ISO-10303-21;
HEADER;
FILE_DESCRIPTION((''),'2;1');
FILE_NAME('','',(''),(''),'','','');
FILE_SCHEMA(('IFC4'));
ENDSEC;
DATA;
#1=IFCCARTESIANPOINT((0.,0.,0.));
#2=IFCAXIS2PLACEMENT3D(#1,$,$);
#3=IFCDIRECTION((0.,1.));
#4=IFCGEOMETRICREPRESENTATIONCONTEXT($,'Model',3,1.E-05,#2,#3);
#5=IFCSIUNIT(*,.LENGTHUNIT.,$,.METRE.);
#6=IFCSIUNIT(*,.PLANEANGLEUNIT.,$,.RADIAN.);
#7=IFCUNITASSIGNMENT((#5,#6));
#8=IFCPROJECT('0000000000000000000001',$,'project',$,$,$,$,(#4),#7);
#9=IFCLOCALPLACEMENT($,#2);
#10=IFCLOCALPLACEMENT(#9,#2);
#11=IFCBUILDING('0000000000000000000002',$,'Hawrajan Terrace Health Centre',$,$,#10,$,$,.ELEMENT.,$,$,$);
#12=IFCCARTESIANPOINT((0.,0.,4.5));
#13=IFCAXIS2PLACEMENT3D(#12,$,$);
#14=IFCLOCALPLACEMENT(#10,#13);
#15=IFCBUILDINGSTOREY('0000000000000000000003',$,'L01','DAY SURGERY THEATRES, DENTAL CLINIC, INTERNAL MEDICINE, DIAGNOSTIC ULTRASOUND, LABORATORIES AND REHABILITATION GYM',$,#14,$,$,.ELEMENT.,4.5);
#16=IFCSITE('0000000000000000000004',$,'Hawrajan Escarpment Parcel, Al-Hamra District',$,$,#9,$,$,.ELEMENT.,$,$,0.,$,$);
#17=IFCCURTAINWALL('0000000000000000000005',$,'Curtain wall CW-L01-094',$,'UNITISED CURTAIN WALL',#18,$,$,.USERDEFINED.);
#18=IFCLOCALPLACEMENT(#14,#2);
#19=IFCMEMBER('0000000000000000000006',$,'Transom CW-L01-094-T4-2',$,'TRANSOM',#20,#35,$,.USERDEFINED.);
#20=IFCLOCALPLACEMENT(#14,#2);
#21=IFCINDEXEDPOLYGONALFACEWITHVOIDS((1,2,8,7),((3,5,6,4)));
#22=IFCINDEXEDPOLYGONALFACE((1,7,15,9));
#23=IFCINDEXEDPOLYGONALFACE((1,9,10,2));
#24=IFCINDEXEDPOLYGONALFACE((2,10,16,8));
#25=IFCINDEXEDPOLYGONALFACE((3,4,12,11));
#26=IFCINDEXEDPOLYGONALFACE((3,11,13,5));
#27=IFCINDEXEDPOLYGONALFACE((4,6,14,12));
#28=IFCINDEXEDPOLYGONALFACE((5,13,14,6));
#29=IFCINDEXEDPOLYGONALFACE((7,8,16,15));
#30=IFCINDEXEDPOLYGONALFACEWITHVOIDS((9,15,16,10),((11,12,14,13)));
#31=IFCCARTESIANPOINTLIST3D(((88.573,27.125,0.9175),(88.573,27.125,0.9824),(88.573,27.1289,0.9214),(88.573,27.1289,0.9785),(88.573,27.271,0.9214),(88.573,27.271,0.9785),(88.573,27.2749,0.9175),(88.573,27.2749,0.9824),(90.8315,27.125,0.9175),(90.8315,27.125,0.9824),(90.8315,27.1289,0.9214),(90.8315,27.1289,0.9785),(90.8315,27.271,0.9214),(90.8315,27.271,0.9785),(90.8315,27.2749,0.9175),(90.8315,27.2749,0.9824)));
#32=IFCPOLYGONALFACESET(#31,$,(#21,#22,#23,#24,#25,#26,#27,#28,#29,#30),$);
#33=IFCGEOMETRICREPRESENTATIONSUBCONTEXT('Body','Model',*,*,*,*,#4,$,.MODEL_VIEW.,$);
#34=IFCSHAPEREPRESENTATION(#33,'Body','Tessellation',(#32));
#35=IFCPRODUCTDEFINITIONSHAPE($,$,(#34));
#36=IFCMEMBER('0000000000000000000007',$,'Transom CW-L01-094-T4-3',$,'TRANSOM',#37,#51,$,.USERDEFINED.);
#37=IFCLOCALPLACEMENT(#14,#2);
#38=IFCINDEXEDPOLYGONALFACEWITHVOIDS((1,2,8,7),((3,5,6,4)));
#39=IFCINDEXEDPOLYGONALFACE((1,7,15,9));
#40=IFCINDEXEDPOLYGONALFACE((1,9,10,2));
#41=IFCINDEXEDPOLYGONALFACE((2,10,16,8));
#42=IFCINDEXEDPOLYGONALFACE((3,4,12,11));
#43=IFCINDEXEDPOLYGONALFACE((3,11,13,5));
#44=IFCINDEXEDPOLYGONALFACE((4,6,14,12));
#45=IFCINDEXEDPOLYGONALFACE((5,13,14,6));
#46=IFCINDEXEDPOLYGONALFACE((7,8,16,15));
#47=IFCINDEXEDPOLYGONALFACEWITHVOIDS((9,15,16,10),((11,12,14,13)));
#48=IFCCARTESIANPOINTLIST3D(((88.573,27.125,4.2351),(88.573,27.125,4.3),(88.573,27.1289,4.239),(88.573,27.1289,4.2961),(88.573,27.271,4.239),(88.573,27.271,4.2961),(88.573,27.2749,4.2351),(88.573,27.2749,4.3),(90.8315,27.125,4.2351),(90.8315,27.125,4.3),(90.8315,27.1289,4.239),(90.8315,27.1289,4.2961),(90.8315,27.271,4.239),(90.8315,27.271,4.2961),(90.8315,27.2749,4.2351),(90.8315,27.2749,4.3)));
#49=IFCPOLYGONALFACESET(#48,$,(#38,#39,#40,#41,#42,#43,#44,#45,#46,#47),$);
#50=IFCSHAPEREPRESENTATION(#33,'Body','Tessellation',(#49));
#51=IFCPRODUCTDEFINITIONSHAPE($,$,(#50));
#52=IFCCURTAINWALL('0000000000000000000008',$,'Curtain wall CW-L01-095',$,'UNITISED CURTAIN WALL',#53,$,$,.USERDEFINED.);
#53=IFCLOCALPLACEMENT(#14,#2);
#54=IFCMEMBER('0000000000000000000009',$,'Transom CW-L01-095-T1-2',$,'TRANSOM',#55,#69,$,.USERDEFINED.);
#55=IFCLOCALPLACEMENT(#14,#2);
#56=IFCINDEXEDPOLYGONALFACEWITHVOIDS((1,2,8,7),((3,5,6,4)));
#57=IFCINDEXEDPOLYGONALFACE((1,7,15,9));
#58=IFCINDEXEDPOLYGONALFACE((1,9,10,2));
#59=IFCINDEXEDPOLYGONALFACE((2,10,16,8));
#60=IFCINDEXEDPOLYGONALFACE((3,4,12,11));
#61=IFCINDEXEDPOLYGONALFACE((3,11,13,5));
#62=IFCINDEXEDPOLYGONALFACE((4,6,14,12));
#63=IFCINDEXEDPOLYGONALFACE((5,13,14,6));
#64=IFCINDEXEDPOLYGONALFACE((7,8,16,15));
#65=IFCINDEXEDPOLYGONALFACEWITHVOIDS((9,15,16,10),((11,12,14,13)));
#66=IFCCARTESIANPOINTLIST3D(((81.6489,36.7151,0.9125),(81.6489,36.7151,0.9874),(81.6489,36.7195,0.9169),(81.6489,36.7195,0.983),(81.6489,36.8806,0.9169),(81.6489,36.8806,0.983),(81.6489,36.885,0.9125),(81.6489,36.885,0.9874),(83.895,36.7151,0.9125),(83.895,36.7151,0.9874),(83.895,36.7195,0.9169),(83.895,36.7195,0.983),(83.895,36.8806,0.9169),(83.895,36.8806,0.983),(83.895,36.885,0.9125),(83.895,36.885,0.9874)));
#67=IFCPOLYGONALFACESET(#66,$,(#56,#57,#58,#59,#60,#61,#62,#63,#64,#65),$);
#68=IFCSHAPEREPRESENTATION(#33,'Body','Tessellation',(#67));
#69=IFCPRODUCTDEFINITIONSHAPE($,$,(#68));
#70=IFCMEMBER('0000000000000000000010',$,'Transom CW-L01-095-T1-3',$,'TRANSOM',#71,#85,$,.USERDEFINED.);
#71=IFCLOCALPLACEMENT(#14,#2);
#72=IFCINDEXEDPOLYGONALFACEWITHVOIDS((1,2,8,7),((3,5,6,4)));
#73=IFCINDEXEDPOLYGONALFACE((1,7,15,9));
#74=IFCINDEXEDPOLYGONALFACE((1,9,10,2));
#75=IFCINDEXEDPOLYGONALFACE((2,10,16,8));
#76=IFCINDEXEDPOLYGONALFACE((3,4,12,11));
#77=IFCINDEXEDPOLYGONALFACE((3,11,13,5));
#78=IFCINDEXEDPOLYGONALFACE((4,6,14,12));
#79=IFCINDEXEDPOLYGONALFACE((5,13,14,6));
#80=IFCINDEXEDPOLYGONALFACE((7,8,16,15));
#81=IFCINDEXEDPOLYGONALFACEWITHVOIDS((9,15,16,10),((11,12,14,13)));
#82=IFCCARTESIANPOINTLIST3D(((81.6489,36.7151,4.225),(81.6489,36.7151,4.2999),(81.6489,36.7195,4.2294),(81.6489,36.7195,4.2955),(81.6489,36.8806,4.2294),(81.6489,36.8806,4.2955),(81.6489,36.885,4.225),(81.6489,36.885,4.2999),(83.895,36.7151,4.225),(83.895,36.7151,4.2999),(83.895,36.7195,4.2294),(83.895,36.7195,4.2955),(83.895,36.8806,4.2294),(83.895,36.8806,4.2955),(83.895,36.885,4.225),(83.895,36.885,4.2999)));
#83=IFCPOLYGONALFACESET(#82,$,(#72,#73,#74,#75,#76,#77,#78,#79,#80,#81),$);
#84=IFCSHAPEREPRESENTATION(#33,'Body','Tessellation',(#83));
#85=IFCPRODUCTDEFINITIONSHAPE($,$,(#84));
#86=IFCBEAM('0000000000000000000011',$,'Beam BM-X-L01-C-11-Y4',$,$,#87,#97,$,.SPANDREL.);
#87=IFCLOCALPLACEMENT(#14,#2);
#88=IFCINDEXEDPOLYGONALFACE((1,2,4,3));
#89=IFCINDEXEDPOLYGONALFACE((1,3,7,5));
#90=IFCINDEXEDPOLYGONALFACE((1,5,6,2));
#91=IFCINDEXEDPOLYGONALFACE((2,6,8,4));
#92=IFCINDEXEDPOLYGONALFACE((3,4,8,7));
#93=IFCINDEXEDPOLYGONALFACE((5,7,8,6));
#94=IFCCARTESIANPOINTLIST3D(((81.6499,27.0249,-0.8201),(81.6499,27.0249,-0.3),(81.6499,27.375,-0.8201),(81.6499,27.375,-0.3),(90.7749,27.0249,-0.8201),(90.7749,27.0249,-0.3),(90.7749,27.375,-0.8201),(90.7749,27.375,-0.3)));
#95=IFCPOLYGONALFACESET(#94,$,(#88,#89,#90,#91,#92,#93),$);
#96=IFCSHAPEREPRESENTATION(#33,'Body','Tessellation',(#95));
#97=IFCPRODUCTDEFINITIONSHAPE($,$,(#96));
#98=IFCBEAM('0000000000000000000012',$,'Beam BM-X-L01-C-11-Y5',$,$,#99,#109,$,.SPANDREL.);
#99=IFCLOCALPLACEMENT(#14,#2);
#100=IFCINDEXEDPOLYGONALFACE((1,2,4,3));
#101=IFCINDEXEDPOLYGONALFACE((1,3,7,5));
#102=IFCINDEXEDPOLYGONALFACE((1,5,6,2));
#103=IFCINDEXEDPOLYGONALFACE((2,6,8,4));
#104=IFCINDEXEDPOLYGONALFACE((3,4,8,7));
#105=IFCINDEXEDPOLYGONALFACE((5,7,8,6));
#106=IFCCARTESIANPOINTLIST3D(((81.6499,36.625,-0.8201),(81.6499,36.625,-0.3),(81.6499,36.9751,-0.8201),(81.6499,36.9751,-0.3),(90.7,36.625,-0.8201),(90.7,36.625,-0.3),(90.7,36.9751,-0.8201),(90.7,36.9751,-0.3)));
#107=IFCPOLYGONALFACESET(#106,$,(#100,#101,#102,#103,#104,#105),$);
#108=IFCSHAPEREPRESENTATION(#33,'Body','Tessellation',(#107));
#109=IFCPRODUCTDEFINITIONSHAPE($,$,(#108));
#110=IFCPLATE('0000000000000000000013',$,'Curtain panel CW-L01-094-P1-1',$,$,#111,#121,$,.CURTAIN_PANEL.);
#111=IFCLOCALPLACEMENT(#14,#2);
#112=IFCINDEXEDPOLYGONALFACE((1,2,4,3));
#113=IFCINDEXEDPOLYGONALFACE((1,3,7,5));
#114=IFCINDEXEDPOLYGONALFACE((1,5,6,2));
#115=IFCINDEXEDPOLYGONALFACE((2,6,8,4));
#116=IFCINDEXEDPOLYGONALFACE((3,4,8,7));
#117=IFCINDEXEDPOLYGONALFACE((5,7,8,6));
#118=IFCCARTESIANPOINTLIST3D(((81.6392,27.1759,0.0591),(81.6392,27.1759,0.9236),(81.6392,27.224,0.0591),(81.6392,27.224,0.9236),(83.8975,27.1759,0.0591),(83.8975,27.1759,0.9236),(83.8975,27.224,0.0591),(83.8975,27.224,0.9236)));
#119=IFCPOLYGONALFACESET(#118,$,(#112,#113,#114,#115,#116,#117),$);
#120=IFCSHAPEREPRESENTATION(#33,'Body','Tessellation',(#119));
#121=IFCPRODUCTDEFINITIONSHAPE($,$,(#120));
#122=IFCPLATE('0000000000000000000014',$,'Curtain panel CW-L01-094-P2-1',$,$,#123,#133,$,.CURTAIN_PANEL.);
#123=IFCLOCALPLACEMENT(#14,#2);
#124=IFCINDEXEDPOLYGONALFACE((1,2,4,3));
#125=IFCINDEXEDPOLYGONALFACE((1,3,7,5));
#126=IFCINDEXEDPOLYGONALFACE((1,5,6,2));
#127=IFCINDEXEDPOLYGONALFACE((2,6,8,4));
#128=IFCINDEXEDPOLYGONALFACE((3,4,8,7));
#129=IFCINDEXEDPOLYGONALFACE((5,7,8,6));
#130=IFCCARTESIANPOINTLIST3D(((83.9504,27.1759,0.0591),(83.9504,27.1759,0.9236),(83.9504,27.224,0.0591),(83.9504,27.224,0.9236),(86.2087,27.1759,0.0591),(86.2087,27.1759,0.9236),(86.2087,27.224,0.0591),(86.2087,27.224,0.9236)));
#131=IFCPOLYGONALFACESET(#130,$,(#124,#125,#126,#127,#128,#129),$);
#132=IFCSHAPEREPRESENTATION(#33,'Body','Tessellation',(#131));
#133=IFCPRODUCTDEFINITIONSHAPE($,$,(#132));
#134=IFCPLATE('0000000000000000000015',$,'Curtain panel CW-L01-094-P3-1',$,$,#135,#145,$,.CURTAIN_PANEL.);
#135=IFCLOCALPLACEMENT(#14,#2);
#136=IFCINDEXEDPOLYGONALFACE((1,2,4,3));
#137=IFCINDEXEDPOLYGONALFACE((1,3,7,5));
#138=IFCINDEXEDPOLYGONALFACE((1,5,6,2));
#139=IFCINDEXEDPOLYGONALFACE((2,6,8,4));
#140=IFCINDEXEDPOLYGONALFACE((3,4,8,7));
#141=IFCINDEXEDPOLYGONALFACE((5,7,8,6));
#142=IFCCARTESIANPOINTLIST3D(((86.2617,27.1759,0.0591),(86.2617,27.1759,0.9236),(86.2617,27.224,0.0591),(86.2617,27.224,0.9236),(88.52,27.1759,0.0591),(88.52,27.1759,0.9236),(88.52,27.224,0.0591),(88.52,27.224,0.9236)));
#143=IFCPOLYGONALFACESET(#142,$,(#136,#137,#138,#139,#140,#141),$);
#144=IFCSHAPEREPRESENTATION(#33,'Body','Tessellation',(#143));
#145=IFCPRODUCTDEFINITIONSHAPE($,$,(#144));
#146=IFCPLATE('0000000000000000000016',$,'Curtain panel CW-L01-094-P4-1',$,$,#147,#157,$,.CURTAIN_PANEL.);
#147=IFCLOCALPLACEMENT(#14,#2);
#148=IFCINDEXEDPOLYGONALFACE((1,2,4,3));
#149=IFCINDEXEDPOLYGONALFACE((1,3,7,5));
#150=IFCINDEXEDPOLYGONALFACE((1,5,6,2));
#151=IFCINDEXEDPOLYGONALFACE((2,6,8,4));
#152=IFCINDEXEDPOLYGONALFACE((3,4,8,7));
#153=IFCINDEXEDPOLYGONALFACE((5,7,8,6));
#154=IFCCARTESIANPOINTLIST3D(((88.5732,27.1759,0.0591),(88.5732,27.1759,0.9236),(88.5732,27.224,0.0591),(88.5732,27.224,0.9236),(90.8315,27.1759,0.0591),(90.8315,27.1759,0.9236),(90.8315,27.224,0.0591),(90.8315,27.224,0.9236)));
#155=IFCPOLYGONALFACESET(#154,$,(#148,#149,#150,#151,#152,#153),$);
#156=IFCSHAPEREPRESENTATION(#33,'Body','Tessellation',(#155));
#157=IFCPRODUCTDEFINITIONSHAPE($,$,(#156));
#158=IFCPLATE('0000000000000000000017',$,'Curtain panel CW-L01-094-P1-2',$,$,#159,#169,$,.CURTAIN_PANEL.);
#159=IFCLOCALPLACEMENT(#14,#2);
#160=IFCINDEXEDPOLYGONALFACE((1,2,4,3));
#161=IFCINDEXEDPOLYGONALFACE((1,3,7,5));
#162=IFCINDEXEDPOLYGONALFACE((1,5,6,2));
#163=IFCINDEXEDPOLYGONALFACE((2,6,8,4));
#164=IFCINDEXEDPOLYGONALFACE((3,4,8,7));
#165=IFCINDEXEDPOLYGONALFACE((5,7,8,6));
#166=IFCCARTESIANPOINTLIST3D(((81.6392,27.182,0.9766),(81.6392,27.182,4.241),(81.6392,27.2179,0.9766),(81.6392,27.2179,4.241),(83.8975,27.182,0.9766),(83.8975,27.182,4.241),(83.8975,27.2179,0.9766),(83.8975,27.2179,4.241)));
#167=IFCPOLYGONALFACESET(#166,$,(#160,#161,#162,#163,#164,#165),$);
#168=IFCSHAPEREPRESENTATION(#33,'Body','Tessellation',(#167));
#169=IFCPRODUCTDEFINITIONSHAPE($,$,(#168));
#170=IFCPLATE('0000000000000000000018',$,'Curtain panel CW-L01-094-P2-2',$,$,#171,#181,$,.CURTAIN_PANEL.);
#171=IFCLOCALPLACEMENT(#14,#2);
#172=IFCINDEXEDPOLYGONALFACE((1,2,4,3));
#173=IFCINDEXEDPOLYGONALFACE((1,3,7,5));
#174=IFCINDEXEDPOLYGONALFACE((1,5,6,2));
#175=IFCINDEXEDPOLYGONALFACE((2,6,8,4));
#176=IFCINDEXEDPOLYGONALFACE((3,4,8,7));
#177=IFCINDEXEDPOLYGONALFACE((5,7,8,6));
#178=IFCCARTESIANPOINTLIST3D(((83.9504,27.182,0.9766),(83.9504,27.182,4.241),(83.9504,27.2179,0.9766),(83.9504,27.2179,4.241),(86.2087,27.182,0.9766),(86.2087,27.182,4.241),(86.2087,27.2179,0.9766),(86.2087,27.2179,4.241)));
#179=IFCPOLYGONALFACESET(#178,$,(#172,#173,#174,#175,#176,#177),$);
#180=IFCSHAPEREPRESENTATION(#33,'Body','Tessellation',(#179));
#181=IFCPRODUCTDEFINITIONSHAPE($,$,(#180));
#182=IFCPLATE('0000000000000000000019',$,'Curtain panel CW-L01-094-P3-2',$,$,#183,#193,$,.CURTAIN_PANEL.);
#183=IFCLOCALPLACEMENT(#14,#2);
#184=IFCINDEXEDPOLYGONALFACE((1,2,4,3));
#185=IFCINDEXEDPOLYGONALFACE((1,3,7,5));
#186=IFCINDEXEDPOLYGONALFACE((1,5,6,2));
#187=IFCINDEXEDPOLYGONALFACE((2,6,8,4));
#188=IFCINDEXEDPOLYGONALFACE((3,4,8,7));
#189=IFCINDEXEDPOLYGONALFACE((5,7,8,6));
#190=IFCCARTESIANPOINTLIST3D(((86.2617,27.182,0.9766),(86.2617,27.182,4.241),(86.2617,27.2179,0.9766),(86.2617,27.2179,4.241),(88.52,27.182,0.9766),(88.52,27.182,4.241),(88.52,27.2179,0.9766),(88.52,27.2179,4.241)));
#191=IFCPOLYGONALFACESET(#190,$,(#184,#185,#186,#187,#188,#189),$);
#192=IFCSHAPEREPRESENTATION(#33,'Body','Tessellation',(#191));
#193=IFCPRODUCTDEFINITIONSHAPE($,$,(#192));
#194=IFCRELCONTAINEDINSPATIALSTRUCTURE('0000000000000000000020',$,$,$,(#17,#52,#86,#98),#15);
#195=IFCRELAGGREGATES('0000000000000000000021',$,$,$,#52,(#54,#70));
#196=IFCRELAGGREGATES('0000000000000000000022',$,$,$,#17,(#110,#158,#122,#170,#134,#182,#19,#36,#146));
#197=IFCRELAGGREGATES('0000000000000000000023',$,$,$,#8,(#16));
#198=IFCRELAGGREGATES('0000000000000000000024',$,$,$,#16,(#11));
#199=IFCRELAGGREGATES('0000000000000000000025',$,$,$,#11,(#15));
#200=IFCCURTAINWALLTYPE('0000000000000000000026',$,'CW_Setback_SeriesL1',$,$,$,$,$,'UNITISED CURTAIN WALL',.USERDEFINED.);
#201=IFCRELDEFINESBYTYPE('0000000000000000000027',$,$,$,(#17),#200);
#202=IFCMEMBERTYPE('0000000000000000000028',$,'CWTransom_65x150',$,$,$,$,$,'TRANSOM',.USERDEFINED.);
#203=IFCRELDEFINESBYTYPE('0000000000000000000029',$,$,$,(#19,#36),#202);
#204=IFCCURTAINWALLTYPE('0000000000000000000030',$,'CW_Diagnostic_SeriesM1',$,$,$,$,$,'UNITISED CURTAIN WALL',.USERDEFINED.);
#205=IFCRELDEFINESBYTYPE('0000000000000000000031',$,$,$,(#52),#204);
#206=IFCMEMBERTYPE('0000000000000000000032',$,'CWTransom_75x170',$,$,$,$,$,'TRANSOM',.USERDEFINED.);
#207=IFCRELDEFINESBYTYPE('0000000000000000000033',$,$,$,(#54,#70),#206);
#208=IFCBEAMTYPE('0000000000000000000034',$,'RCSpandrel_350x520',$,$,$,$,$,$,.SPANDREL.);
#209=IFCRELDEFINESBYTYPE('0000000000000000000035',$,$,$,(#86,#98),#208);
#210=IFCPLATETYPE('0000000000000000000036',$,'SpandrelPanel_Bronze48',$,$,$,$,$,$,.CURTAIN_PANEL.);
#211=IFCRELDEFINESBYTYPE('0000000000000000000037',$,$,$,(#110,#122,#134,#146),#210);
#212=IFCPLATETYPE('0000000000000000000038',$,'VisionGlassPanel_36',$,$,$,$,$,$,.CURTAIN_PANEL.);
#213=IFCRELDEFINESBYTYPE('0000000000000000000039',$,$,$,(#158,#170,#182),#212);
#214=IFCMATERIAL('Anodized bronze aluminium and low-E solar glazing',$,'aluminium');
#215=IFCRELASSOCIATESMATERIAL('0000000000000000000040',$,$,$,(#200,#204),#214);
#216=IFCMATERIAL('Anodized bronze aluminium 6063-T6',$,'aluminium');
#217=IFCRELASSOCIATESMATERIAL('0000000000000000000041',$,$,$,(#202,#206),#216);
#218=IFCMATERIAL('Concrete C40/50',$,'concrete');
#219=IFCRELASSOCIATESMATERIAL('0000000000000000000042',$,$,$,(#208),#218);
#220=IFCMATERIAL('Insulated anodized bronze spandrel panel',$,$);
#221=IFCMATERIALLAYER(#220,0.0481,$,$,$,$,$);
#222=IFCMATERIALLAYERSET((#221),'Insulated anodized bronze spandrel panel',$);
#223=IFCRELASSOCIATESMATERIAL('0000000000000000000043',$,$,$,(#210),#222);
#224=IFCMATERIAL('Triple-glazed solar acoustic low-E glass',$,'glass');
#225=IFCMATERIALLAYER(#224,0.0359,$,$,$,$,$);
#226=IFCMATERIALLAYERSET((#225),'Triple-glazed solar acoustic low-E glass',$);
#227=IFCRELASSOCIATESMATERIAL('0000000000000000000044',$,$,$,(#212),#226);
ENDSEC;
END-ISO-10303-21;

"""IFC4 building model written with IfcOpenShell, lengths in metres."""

from ifc_helpers import new_model, si_unit, direction, frame, origin, origin_2d, place, context, subcontext, project, spatial, rectangle, hollow_rectangle, extrude, material, layer, layer_set, material_profile, profile_set, type_object, element, aggregate, save


model = new_model("IFC4")

# Units and contexts
model_context = context("Model", 3, precision=1e-05, world=origin(), true_north=direction((0.0, 1.0)))
body_context = subcontext(model_context, "Body", "Model", "MODEL_VIEW")
ifc_project = project(units=[si_unit("LENGTHUNIT", "METRE"), si_unit("PLANEANGLEUNIT", "RADIAN")], contexts=[model_context])

# Site, building, storey
site_placement = place(None, origin())
site = spatial("IfcSite", under=ifc_project, at=site_placement, Name="Hawrajan Escarpment Parcel, Al-Hamra District", CompositionType="ELEMENT", RefElevation=0.0)
building_placement = place(site_placement, origin())
building = spatial("IfcBuilding", under=site, at=building_placement, Name="Hawrajan Terrace Health Centre", CompositionType="ELEMENT")
storey_placement = place(building_placement, frame((0.0, 0.0, 4.5)))
storey = spatial("IfcBuildingStorey", under=building, at=storey_placement, Name="L01", Description="DAY SURGERY THEATRES, DENTAL CLINIC, INTERNAL MEDICINE, DIAGNOSTIC ULTRASOUND, LABORATORIES AND REHABILITATION GYM", CompositionType="ELEMENT", Elevation=4.5)

# Curtain walls, members
ifc_material_1 = material(Name="Anodized bronze aluminium and low-E solar glazing", Category="aluminium")
curtain_wall_type_1 = type_object("IfcCurtainWallType", Name="CW_Setback_SeriesL1", ElementType="UNITISED CURTAIN WALL", PredefinedType="USERDEFINED", material=ifc_material_1)
curtain_wall_1_placement = place(storey_placement, origin())
curtain_wall_1 = element("IfcCurtainWall", 1, at=curtain_wall_1_placement, inside=storey, type_object=curtain_wall_type_1, Name="Curtain wall CW-L01-094", ObjectType="UNITISED CURTAIN WALL", PredefinedType="USERDEFINED")
ifc_material_2 = material(Name="Anodized bronze aluminium 6063-T6", Category="aluminium")
ifc_material_profile_1 = material_profile(ifc_material_2, hollow_rectangle(XDim=0.0649, YDim=0.1499, WallThickness=0.0039, at=origin_2d()), Name="CW TRN 65x150")
ifc_profile_set_1 = profile_set([ifc_material_profile_1], Name="Anodized bronze aluminium 6063-T6")
member_type_1 = type_object("IfcMemberType", Name="CWTransom_65x150", ElementType="TRANSOM", PredefinedType="USERDEFINED", material=ifc_profile_set_1)
member_1_placement = place(storey_placement, frame((88.573, 27.2, 0.95), z_axis=(1.0, 0.0, 0.0), x_axis=(0.0, 0.0, 1.0)))
member_1 = element("IfcMember", 2, at=member_1_placement, type_object=member_type_1, Name="Transom CW-L01-094-T4-2", ObjectType="TRANSOM", PredefinedType="USERDEFINED", context=body_context, shape_type="SweptSolid", body=[
    extrude(hollow_rectangle(XDim=0.0649, YDim=0.1499, WallThickness=0.0039, at=origin_2d()), origin(), (0.0, 0.0, 1.0), 2.2585),
])
member_2_placement = place(storey_placement, frame((88.573, 27.2, 4.2676), z_axis=(1.0, 0.0, 0.0), x_axis=(0.0, 0.0, 1.0)))
member_2 = element("IfcMember", 3, at=member_2_placement, type_object=member_type_1, Name="Transom CW-L01-094-T4-3", ObjectType="TRANSOM", PredefinedType="USERDEFINED", context=body_context, shape_type="SweptSolid", body=[
    extrude(hollow_rectangle(XDim=0.0649, YDim=0.1499, WallThickness=0.0039, at=origin_2d()), origin(), (0.0, 0.0, 1.0), 2.2585),
])
curtain_wall_type_2 = type_object("IfcCurtainWallType", Name="CW_Diagnostic_SeriesM1", ElementType="UNITISED CURTAIN WALL", PredefinedType="USERDEFINED", material=ifc_material_1)
curtain_wall_2_placement = place(storey_placement, origin())
curtain_wall_2 = element("IfcCurtainWall", 4, at=curtain_wall_2_placement, inside=storey, type_object=curtain_wall_type_2, Name="Curtain wall CW-L01-095", ObjectType="UNITISED CURTAIN WALL", PredefinedType="USERDEFINED")
ifc_material_profile_2 = material_profile(ifc_material_2, hollow_rectangle(XDim=0.075, YDim=0.1699, WallThickness=0.0044, at=origin_2d()), Name="CW TRN 75x170")
ifc_profile_set_2 = profile_set([ifc_material_profile_2], Name="Anodized bronze aluminium 6063-T6")
member_type_2 = type_object("IfcMemberType", Name="CWTransom_75x170", ElementType="TRANSOM", PredefinedType="USERDEFINED", material=ifc_profile_set_2)
member_3_placement = place(storey_placement, frame((81.6489, 36.8, 0.95), z_axis=(1.0, 0.0, 0.0), x_axis=(0.0, 0.0, 1.0)))
member_3 = element("IfcMember", 5, at=member_3_placement, type_object=member_type_2, Name="Transom CW-L01-095-T1-2", ObjectType="TRANSOM", PredefinedType="USERDEFINED", context=body_context, shape_type="SweptSolid", body=[
    extrude(hollow_rectangle(XDim=0.075, YDim=0.1699, WallThickness=0.0044, at=origin_2d()), origin(), (0.0, 0.0, 1.0), 2.2461),
])
member_4_placement = place(storey_placement, frame((81.6489, 36.8, 4.2625), z_axis=(1.0, 0.0, 0.0), x_axis=(0.0, 0.0, 1.0)))
member_4 = element("IfcMember", 6, at=member_4_placement, type_object=member_type_2, Name="Transom CW-L01-095-T1-3", ObjectType="TRANSOM", PredefinedType="USERDEFINED", context=body_context, shape_type="SweptSolid", body=[
    extrude(hollow_rectangle(XDim=0.075, YDim=0.1699, WallThickness=0.0044, at=origin_2d()), origin(), (0.0, 0.0, 1.0), 2.2461),
])
aggregate(curtain_wall_2, [member_3, member_4])

# Beams
ifc_material_3 = material(Name="Concrete C40/50", Category="concrete")
ifc_material_profile_3 = material_profile(ifc_material_3, rectangle(XDim=0.3501, YDim=0.52, at=origin_2d()), Name="RC SP 350x520")
ifc_profile_set_3 = profile_set([ifc_material_profile_3], Name="Concrete C40/50")
beam_type = type_object("IfcBeamType", Name="RCSpandrel_350x520", PredefinedType="SPANDREL", material=ifc_profile_set_3)
beam_1_placement = place(storey_placement, frame((81.6499, 27.2, -0.5601), z_axis=(1.0, 0.0, 0.0), x_axis=(0.0, 1.0, 0.0)))
element("IfcBeam", 7, at=beam_1_placement, inside=storey, type_object=beam_type, Name="Beam BM-X-L01-C-11-Y4", PredefinedType="SPANDREL", context=body_context, shape_type="SweptSolid", body=[
    extrude(rectangle(XDim=0.3501, YDim=0.52, at=origin_2d()), origin(), (0.0, 0.0, 1.0), 9.125),
])
beam_2_placement = place(storey_placement, frame((81.6499, 36.8, -0.5601), z_axis=(1.0, 0.0, 0.0), x_axis=(0.0, 1.0, 0.0)))
element("IfcBeam", 8, at=beam_2_placement, inside=storey, type_object=beam_type, Name="Beam BM-X-L01-C-11-Y5", PredefinedType="SPANDREL", context=body_context, shape_type="SweptSolid", body=[
    extrude(rectangle(XDim=0.3501, YDim=0.52, at=origin_2d()), origin(), (0.0, 0.0, 1.0), 9.05),
])

# Plates
ifc_material_4 = material(Name="Insulated anodized bronze spandrel panel")
ifc_layer_1 = layer(ifc_material_4, 0.0481)
ifc_layer_set_1 = layer_set([ifc_layer_1], Name="Insulated anodized bronze spandrel panel")
plate_type_1 = type_object("IfcPlateType", Name="SpandrelPanel_Bronze48", PredefinedType="CURTAIN_PANEL", material=ifc_layer_set_1)
plate_1_placement = place(storey_placement, frame((82.7683, 27.2, 0.0591), z_axis=(0.0, 0.0, 1.0), x_axis=(1.0, 0.0, 0.0)))
plate_1 = element("IfcPlate", 9, at=plate_1_placement, type_object=plate_type_1, Name="Curtain panel CW-L01-094-P1-1", PredefinedType="CURTAIN_PANEL", context=body_context, shape_type="SweptSolid", body=[
    extrude(rectangle(XDim=2.2583, YDim=0.0481, at=origin_2d()), origin(), (0.0, 0.0, 1.0), 0.8645),
])
plate_2_placement = place(storey_placement, frame((85.0796, 27.2, 0.0591), z_axis=(0.0, 0.0, 1.0), x_axis=(1.0, 0.0, 0.0)))
plate_2 = element("IfcPlate", 10, at=plate_2_placement, type_object=plate_type_1, Name="Curtain panel CW-L01-094-P2-1", PredefinedType="CURTAIN_PANEL", context=body_context, shape_type="SweptSolid", body=[
    extrude(rectangle(XDim=2.2583, YDim=0.0481, at=origin_2d()), origin(), (0.0, 0.0, 1.0), 0.8645),
])
plate_3_placement = place(storey_placement, frame((87.3909, 27.2, 0.0591), z_axis=(0.0, 0.0, 1.0), x_axis=(1.0, 0.0, 0.0)))
plate_3 = element("IfcPlate", 11, at=plate_3_placement, type_object=plate_type_1, Name="Curtain panel CW-L01-094-P3-1", PredefinedType="CURTAIN_PANEL", context=body_context, shape_type="SweptSolid", body=[
    extrude(rectangle(XDim=2.2583, YDim=0.0481, at=origin_2d()), origin(), (0.0, 0.0, 1.0), 0.8645),
])
plate_4_placement = place(storey_placement, frame((89.7024, 27.2, 0.0591), z_axis=(0.0, 0.0, 1.0), x_axis=(1.0, 0.0, 0.0)))
plate_4 = element("IfcPlate", 12, at=plate_4_placement, type_object=plate_type_1, Name="Curtain panel CW-L01-094-P4-1", PredefinedType="CURTAIN_PANEL", context=body_context, shape_type="SweptSolid", body=[
    extrude(rectangle(XDim=2.2583, YDim=0.0481, at=origin_2d()), origin(), (0.0, 0.0, 1.0), 0.8645),
])
ifc_material_5 = material(Name="Triple-glazed solar acoustic low-E glass", Category="glass")
ifc_layer_2 = layer(ifc_material_5, 0.0359)
ifc_layer_set_2 = layer_set([ifc_layer_2], Name="Triple-glazed solar acoustic low-E glass")
plate_type_2 = type_object("IfcPlateType", Name="VisionGlassPanel_36", PredefinedType="CURTAIN_PANEL", material=ifc_layer_set_2)
plate_5_placement = place(storey_placement, frame((82.7683, 27.2, 0.9766), z_axis=(0.0, 0.0, 1.0), x_axis=(1.0, 0.0, 0.0)))
plate_5 = element("IfcPlate", 13, at=plate_5_placement, type_object=plate_type_2, Name="Curtain panel CW-L01-094-P1-2", PredefinedType="CURTAIN_PANEL", context=body_context, shape_type="SweptSolid", body=[
    extrude(rectangle(XDim=2.2583, YDim=0.0359, at=origin_2d()), origin(), (0.0, 0.0, 1.0), 3.2644),
])
plate_6_placement = place(storey_placement, frame((85.0796, 27.2, 0.9766), z_axis=(0.0, 0.0, 1.0), x_axis=(1.0, 0.0, 0.0)))
plate_6 = element("IfcPlate", 14, at=plate_6_placement, type_object=plate_type_2, Name="Curtain panel CW-L01-094-P2-2", PredefinedType="CURTAIN_PANEL", context=body_context, shape_type="SweptSolid", body=[
    extrude(rectangle(XDim=2.2583, YDim=0.0359, at=origin_2d()), origin(), (0.0, 0.0, 1.0), 3.2644),
])
plate_7_placement = place(storey_placement, frame((87.3909, 27.2, 0.9766), z_axis=(0.0, 0.0, 1.0), x_axis=(1.0, 0.0, 0.0)))
plate_7 = element("IfcPlate", 15, at=plate_7_placement, type_object=plate_type_2, Name="Curtain panel CW-L01-094-P3-2", PredefinedType="CURTAIN_PANEL", context=body_context, shape_type="SweptSolid", body=[
    extrude(rectangle(XDim=2.2583, YDim=0.0359, at=origin_2d()), origin(), (0.0, 0.0, 1.0), 3.2644),
])
aggregate(curtain_wall_1, [plate_1, plate_5, plate_2, plate_6, plate_3, plate_7, member_1, member_2, plate_4])

save(model, "model.ifc")
